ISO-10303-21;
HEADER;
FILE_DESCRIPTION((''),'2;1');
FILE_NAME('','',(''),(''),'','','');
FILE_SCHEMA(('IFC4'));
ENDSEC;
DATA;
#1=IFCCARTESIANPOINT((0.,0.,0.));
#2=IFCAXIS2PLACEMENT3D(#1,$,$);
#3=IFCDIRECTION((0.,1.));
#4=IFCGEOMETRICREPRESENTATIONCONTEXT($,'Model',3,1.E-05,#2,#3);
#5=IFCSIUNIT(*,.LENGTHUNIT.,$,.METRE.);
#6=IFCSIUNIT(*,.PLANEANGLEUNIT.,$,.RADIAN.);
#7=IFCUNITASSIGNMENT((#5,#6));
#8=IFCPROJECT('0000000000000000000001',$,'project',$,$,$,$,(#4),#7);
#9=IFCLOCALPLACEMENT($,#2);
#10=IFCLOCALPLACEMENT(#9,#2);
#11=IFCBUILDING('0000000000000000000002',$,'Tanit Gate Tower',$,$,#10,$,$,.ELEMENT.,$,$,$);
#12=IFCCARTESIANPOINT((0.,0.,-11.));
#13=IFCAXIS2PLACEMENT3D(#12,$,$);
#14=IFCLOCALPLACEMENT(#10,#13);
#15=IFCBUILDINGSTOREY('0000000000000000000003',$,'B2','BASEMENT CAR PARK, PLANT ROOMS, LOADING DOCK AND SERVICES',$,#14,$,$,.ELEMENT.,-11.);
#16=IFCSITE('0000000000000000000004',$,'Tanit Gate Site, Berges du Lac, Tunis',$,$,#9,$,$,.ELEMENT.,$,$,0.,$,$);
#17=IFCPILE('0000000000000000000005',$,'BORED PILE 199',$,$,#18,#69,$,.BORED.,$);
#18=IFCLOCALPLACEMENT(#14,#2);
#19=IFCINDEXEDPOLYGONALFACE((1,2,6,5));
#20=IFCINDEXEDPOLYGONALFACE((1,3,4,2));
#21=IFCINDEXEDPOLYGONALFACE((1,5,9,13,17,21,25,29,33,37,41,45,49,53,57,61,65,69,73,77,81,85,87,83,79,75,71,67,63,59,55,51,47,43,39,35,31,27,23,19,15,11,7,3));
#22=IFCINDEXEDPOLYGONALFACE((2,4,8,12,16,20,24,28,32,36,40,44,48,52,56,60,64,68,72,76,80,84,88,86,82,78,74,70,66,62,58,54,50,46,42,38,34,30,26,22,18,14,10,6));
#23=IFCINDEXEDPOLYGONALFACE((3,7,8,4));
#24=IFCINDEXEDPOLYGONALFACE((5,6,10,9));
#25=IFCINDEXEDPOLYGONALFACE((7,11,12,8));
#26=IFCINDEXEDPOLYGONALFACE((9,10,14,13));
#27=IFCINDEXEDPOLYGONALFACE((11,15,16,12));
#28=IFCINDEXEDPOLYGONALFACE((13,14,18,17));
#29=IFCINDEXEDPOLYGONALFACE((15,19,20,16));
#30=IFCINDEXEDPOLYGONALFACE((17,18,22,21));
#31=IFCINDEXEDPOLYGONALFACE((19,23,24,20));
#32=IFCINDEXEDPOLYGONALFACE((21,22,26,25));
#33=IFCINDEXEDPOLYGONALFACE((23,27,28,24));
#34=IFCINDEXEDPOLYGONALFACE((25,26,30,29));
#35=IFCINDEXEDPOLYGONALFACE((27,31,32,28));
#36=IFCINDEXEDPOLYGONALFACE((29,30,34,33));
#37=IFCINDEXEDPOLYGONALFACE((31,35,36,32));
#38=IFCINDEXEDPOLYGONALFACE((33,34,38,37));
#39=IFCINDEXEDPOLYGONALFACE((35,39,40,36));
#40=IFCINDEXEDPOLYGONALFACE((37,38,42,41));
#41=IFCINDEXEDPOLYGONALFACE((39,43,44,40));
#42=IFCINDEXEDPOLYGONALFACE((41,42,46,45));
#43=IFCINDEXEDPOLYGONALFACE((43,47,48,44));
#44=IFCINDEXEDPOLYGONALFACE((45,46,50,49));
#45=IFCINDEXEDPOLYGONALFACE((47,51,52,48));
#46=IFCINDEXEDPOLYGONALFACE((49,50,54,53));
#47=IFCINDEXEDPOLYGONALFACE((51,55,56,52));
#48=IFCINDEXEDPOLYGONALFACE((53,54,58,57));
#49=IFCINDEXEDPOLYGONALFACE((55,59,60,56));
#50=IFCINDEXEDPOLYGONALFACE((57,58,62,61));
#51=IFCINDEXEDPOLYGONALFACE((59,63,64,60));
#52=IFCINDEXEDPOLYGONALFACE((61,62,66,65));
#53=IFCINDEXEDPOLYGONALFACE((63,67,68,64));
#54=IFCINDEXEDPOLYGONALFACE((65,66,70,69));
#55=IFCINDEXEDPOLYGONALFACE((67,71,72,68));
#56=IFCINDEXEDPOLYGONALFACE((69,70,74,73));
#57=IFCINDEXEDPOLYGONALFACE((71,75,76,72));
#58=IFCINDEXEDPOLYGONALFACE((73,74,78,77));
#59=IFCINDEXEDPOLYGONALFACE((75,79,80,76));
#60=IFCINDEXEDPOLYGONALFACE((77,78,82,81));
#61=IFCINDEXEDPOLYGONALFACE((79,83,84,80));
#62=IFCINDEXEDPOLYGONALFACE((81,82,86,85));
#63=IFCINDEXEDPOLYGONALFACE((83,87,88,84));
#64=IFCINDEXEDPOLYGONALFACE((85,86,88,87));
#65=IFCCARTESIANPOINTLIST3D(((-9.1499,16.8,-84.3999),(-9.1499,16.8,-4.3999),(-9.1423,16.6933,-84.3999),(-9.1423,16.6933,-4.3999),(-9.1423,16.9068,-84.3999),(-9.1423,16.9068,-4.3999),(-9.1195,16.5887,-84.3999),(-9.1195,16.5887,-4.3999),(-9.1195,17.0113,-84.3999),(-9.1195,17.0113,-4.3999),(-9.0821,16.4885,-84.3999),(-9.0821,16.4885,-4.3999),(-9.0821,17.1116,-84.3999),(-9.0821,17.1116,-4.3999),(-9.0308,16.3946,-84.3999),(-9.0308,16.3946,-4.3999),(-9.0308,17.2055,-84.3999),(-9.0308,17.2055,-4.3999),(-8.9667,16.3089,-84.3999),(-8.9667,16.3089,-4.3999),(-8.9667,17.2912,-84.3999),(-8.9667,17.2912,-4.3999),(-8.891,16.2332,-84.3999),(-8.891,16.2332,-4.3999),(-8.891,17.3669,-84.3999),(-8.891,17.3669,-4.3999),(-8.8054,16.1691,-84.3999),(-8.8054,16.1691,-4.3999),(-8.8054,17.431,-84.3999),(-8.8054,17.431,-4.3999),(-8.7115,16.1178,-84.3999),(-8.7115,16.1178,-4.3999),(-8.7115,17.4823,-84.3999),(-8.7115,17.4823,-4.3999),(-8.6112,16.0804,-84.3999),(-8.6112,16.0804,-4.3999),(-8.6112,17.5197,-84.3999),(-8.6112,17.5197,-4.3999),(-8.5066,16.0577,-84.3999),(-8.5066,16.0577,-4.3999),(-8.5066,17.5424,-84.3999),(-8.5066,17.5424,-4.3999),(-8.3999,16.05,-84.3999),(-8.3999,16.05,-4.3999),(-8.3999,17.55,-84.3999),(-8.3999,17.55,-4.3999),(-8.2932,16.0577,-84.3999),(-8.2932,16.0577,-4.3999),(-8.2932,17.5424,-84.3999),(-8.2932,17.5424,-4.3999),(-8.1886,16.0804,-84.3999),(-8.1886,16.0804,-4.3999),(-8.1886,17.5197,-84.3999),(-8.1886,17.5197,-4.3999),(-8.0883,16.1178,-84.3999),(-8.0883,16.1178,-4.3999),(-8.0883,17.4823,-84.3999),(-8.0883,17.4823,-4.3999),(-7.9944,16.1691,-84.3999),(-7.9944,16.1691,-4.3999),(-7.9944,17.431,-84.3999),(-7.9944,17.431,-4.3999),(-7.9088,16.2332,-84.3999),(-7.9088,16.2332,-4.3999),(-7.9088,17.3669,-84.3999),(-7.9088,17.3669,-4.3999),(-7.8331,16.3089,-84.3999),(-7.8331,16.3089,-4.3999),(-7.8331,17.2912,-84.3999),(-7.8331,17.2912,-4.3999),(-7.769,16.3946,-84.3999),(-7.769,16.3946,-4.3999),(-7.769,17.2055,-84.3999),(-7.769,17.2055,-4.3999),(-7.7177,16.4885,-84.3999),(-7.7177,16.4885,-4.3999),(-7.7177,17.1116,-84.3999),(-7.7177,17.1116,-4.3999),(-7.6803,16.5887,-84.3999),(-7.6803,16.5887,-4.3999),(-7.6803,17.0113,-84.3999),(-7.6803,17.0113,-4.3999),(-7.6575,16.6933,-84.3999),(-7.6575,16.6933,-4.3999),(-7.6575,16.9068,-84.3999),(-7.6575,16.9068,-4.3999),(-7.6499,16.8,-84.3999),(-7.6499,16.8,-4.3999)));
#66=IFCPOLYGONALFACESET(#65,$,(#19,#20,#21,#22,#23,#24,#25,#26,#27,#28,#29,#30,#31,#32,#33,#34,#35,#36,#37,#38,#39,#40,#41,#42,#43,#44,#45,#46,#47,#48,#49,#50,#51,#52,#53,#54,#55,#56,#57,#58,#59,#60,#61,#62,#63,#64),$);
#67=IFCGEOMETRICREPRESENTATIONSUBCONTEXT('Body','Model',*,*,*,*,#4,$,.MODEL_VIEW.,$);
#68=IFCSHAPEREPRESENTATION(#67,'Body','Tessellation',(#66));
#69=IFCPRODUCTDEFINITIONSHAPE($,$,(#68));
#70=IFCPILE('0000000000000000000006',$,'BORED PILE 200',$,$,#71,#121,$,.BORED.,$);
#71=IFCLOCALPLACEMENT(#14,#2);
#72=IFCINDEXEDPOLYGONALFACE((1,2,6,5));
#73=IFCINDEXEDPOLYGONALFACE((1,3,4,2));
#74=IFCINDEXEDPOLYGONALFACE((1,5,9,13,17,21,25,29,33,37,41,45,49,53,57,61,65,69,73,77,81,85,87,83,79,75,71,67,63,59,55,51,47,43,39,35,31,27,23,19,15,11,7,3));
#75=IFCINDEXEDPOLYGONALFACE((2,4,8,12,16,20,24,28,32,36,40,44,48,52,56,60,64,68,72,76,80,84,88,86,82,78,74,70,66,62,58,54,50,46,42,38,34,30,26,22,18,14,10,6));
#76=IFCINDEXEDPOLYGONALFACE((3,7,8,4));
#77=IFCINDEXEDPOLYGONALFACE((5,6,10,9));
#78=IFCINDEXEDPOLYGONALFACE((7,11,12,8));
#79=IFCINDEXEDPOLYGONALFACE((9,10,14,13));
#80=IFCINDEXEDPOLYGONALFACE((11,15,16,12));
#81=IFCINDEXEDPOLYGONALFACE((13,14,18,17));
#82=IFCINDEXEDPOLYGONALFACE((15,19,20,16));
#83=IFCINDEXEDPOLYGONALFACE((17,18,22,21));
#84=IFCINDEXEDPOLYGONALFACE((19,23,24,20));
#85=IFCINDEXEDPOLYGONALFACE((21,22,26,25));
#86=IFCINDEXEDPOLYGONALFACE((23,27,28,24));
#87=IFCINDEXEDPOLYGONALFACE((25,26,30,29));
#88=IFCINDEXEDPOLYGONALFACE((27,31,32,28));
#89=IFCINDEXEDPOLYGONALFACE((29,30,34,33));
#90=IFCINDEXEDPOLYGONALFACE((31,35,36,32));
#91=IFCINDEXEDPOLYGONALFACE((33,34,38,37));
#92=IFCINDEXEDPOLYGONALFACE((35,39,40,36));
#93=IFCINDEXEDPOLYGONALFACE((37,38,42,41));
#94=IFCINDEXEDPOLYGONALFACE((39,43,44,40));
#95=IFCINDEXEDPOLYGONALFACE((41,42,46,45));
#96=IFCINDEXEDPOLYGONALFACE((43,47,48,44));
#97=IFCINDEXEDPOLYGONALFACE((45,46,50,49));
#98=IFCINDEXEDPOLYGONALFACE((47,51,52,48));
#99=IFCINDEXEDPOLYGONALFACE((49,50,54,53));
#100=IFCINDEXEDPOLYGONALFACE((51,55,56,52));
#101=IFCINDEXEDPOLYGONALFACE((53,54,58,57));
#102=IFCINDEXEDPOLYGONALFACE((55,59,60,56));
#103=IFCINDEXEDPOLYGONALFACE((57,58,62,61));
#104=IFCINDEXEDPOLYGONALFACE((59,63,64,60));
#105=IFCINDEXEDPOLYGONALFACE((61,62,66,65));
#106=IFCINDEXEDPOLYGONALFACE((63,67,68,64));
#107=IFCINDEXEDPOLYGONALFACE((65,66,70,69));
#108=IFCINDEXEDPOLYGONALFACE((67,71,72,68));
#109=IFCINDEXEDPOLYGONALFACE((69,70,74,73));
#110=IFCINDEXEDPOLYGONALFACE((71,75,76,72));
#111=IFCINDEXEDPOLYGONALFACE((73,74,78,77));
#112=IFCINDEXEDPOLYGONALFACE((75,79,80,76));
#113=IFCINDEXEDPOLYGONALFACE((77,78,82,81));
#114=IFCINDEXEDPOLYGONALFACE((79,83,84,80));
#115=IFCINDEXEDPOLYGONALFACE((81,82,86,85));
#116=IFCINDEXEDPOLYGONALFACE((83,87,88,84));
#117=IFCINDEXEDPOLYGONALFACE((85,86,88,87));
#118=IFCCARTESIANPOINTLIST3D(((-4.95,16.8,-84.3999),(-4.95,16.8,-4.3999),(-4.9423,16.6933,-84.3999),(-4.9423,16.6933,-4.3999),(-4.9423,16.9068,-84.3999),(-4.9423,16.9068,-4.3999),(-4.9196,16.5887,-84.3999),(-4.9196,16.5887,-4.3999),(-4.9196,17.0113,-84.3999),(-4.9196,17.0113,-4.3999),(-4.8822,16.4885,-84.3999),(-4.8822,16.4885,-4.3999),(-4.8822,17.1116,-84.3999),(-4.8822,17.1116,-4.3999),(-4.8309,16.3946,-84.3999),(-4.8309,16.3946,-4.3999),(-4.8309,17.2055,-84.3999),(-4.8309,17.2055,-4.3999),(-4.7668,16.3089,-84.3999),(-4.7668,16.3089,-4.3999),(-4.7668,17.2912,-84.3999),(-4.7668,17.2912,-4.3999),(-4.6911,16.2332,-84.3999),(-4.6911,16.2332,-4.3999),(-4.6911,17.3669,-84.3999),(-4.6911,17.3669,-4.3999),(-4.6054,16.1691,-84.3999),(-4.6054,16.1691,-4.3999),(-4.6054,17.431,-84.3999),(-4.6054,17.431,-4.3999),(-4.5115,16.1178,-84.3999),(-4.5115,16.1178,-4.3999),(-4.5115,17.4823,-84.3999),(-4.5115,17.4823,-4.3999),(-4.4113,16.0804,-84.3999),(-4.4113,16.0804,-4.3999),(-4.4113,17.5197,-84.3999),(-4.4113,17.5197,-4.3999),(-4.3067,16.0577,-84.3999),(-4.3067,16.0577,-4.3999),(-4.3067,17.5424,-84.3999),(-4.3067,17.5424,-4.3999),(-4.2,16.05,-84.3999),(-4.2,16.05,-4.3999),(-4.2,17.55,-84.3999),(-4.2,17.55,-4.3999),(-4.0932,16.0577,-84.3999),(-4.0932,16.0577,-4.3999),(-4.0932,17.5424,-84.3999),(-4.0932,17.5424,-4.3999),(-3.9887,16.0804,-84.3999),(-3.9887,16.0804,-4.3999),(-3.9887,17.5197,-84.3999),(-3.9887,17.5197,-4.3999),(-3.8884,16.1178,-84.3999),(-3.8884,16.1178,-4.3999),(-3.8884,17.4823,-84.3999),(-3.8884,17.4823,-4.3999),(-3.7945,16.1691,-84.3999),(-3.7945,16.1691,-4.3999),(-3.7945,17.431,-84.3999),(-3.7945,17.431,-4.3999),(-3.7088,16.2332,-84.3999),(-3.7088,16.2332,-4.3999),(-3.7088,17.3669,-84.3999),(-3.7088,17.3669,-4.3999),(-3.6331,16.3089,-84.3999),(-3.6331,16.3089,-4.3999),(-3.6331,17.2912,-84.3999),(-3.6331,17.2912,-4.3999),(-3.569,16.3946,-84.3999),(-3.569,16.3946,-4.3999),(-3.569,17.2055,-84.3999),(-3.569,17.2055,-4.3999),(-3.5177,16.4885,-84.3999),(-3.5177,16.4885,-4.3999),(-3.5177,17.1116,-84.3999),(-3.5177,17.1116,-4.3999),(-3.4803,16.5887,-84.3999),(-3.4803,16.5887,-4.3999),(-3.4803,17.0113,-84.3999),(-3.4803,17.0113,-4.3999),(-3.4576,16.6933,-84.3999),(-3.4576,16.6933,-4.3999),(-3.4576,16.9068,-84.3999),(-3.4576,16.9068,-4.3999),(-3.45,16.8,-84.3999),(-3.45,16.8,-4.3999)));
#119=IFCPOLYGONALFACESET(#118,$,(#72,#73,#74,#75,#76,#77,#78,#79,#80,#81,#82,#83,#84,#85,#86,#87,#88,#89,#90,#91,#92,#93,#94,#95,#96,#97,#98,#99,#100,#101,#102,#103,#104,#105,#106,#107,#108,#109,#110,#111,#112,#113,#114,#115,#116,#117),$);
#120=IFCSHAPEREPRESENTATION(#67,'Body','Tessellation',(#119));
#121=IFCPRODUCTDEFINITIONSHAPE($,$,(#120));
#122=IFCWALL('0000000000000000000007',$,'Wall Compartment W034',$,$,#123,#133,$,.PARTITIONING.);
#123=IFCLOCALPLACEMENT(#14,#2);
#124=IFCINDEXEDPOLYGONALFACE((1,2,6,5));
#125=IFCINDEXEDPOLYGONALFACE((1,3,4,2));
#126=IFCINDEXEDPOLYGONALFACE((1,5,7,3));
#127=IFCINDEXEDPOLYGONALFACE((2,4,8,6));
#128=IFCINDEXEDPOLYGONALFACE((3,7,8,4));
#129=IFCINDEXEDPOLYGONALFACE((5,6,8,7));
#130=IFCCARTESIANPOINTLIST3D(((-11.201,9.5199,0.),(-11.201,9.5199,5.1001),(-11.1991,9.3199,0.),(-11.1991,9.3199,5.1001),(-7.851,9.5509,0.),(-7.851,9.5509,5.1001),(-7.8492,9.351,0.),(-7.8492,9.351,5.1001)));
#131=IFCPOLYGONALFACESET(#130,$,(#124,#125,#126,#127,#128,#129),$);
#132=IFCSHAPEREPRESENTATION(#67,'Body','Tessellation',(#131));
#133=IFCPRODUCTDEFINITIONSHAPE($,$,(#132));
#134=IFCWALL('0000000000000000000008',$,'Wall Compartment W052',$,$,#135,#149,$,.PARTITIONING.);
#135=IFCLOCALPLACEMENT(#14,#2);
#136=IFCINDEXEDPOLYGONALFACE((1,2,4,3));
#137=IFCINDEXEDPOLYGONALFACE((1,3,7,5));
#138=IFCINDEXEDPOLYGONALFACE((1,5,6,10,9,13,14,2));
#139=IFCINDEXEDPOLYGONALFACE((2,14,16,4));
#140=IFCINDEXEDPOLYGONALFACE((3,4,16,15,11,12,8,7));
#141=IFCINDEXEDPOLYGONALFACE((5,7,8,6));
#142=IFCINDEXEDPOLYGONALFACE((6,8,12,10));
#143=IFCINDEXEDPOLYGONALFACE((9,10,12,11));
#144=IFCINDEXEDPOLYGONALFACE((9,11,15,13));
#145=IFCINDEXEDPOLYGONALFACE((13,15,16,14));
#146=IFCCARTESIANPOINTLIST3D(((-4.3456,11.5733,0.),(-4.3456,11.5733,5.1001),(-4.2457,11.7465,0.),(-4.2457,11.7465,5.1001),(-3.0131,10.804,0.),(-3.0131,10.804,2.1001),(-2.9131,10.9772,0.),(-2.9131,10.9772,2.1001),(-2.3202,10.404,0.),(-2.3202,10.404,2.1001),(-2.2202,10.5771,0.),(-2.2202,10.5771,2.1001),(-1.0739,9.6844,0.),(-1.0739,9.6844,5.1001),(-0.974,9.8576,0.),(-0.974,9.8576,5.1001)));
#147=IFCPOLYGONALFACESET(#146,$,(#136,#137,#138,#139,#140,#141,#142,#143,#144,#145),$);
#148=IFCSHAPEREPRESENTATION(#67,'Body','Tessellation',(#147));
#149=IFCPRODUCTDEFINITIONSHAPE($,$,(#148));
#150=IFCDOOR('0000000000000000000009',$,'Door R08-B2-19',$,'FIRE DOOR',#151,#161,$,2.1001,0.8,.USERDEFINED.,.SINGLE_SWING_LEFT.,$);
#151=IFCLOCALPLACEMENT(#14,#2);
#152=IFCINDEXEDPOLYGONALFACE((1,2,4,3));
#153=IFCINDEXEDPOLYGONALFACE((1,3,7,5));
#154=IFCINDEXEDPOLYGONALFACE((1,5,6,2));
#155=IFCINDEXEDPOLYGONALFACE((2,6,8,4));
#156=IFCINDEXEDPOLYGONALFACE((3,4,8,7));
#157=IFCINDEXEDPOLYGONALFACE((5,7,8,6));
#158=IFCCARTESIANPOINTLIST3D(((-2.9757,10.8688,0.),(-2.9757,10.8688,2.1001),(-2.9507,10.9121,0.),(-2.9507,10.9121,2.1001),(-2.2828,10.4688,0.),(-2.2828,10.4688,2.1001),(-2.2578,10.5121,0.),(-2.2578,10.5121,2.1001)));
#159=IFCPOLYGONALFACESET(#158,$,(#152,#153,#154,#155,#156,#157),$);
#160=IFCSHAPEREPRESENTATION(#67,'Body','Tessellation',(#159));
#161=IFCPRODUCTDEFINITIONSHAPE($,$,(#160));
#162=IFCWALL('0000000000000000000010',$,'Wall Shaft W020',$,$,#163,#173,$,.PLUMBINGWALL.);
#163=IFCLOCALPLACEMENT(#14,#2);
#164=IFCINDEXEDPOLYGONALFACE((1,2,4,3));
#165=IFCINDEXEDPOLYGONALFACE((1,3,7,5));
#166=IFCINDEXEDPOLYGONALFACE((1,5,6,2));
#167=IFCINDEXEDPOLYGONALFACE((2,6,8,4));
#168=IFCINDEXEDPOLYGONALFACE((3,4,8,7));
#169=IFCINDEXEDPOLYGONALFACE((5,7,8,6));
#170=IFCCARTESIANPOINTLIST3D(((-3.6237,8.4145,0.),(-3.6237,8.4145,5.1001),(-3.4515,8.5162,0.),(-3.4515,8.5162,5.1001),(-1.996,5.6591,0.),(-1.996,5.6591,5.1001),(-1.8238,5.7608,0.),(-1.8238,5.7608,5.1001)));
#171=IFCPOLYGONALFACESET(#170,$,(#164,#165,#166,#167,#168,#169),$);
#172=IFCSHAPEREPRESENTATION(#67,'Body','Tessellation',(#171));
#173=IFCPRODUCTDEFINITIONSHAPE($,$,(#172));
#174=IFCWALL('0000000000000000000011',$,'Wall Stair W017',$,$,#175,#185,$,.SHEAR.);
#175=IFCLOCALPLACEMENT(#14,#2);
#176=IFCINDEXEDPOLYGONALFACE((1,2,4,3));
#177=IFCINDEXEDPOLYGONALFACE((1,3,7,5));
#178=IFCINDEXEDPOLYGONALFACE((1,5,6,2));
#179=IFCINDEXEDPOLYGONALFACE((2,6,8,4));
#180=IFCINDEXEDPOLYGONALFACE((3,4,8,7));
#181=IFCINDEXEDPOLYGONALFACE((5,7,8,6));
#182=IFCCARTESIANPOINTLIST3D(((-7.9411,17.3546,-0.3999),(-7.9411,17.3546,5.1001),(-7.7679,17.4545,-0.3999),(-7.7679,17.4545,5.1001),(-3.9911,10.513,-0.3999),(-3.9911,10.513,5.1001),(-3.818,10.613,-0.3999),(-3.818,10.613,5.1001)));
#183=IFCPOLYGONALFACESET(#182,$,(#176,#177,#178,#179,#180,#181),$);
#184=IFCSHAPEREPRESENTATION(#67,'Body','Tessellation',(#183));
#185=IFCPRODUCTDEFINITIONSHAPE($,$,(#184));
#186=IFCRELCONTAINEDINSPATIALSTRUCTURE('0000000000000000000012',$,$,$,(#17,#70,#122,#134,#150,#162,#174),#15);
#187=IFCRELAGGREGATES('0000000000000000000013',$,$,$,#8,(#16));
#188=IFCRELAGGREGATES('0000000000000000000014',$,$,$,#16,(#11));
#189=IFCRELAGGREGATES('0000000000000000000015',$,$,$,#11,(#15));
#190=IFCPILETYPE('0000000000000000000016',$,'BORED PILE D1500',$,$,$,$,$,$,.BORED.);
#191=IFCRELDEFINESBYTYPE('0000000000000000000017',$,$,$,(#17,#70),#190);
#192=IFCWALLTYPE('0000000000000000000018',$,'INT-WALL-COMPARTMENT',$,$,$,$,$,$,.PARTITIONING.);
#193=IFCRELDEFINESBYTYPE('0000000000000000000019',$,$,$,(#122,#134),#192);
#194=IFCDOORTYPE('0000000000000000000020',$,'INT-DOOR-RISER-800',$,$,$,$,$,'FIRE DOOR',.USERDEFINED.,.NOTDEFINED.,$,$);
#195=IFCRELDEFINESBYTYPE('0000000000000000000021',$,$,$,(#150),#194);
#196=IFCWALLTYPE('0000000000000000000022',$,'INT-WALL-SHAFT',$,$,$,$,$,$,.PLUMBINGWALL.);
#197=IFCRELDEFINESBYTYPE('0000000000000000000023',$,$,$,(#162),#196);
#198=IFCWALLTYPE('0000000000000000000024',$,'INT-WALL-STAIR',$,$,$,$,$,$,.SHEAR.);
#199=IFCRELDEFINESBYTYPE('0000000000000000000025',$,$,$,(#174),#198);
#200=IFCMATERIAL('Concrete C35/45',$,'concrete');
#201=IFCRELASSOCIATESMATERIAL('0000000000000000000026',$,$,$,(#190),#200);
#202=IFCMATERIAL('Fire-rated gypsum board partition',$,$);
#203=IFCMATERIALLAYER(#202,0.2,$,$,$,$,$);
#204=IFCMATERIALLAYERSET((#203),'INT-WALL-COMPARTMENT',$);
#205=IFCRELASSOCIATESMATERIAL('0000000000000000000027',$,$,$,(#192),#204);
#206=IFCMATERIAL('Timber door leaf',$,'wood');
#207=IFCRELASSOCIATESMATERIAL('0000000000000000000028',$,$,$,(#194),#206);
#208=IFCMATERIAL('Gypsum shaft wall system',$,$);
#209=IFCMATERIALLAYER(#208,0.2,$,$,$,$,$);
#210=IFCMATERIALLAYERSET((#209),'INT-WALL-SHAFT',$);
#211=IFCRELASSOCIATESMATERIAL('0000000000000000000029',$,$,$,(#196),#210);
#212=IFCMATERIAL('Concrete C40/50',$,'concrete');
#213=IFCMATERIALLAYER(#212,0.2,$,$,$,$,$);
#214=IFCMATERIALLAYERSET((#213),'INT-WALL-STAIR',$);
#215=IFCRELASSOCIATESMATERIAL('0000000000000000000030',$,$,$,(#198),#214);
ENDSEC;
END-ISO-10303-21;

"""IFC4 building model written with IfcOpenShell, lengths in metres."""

from ifc_helpers import new_model, si_unit, direction, frame, frame_2d, origin, origin_2d, place, context, subcontext, project, spatial, rectangle, circle, extrude, material, layer, layer_set, material_profile, profile_set, type_object, element, fill, save


model = new_model("IFC4")

# Units and contexts
model_context = context("Model", 3, precision=1e-05, world=origin(), true_north=direction((0.0, 1.0)))
body_context = subcontext(model_context, "Body", "Model", "MODEL_VIEW")
ifc_project = project(units=[si_unit("LENGTHUNIT", "METRE"), si_unit("PLANEANGLEUNIT", "RADIAN")], contexts=[model_context])

# Site, building, storey
site_placement = place(None, origin())
site = spatial("IfcSite", under=ifc_project, at=site_placement, Name="Tanit Gate Site, Berges du Lac, Tunis", CompositionType="ELEMENT", RefElevation=0.0)
building_placement = place(site_placement, origin())
building = spatial("IfcBuilding", under=site, at=building_placement, Name="Tanit Gate Tower", CompositionType="ELEMENT")
storey_placement = place(building_placement, frame((0.0, 0.0, -11.0)))
storey = spatial("IfcBuildingStorey", under=building, at=storey_placement, Name="B2", Description="BASEMENT CAR PARK, PLANT ROOMS, LOADING DOCK AND SERVICES", CompositionType="ELEMENT", Elevation=-11.0)

# Piles
ifc_material_1 = material(Name="Concrete C35/45", Category="concrete")
ifc_material_profile = material_profile(ifc_material_1, circle(Radius=0.75, at=origin_2d()), Name="BORED PILE D1500 C35/45")
ifc_profile_set = profile_set([ifc_material_profile], Name="Concrete C35/45")
pile_type = type_object("IfcPileType", Name="BORED PILE D1500", PredefinedType="BORED", material=ifc_profile_set)
for number, where, z_axis, x_axis, name in (
    (1, (-8.3999, 16.8, -4.3999), (0.0, 0.0, -1.0), (1.0, 0.0, 0.0), "BORED PILE 199"),
    (2, (-4.2, 16.8, -4.3999), (0.0, 0.0, -1.0), (1.0, 0.0, 0.0), "BORED PILE 200"),
):
    element("IfcPile", number, at=place(storey_placement, frame(where, z_axis=z_axis, x_axis=x_axis)), inside=storey, type_object=pile_type, Name=name, PredefinedType="BORED", context=body_context, shape_type="SweptSolid", body=[
        extrude(circle(Radius=0.75, at=origin_2d()), origin(), (0.0, 0.0, 1.0), 80.0),
    ])

# Wall
ifc_material_2 = material(Name="Fire-rated gypsum board partition")
ifc_layer_1 = layer(ifc_material_2, 0.2)
ifc_layer_set_1 = layer_set([ifc_layer_1], Name="INT-WALL-COMPARTMENT")
wall_type_1 = type_object("IfcWallType", Name="INT-WALL-COMPARTMENT", PredefinedType="PARTITIONING", material=ifc_layer_set_1)
wall_1_placement = place(storey_placement, frame((-7.8501, 9.4509, 0.0), z_axis=(0.0, 0.0, 1.0), x_axis=(-0.999957, -0.009255, 0.0)))
element("IfcWall", 3, at=wall_1_placement, inside=storey, type_object=wall_type_1, Name="Wall Compartment W034", PredefinedType="PARTITIONING", context=body_context, shape_type="SweptSolid", body=[
    extrude(rectangle(XDim=3.3501, YDim=0.2, at=frame_2d((1.675, 0.0))), origin(), (0.0, 0.0, 1.0), 5.1001),
])

# Wall, opening, door
wall_2_placement = place(storey_placement, frame((-4.2957, 11.6599, 0.0), z_axis=(0.0, 0.0, 1.0), x_axis=(0.866027, -0.499997, 0.0)))
wall_2 = element("IfcWall", 4, at=wall_2_placement, inside=storey, type_object=wall_type_1, Name="Wall Compartment W052", PredefinedType="PARTITIONING", context=body_context, shape_type="SweptSolid", body=[
    extrude(rectangle(XDim=3.7778, YDim=0.2, at=frame_2d((1.8889, 0.0))), origin(), (0.0, 0.0, 1.0), 5.1001),
])
opening_1_placement = place(wall_2_placement, frame((1.5388, 0.0, 0.0)))
opening_1 = element("IfcOpeningElement", 5, at=opening_1_placement, cuts=wall_2, PredefinedType="OPENING", context=body_context, shape_type="SweptSolid", body=[
    extrude(rectangle(XDim=0.8, YDim=2.1001, at=frame_2d((0.3999, 1.05))), frame((0.0, 0.1099, 0.0), z_axis=(0.0, -1.0, 0.0), x_axis=(1.0, 0.0, 0.0)), (0.0, 0.0, 1.0), 0.22),
])
ifc_material_3 = material(Name="Timber door leaf", Category="wood")
door_type_1 = type_object("IfcDoorType", Name="INT-DOOR-RISER-800", ElementType="FIRE DOOR", OperationType="NOTDEFINED", PredefinedType="USERDEFINED", material=ifc_material_3)
door_1_placement = place(opening_1_placement, origin())
door_1 = element("IfcDoor", 6, at=door_1_placement, inside=storey, type_object=door_type_1, Name="Door R08-B2-19", ObjectType="FIRE DOOR", OperationType="SINGLE_SWING_LEFT", OverallHeight=2.1001, OverallWidth=0.8, PredefinedType="USERDEFINED", context=body_context, shape_type="SweptSolid", body=[
    extrude(rectangle(XDim=0.8, YDim=2.1001, at=frame_2d((0.3999, 1.05))), frame((0.0, 0.0249, 0.0), z_axis=(0.0, -1.0, 0.0), x_axis=(1.0, 0.0, 0.0)), (0.0, 0.0, 1.0), 0.05),
])
fill(opening_1, door_1)

# Walls
ifc_material_4 = material(Name="Gypsum shaft wall system")
ifc_layer_2 = layer(ifc_material_4, 0.2)
ifc_layer_set_2 = layer_set([ifc_layer_2], Name="INT-WALL-SHAFT")
wall_type_2 = type_object("IfcWallType", Name="INT-WALL-SHAFT", PredefinedType="PLUMBINGWALL", material=ifc_layer_set_2)
wall_3_placement = place(storey_placement, frame((-3.5376, 8.4653, 0.0), z_axis=(0.0, 0.0, 1.0), x_axis=(0.508616, -0.860993, 0.0)))
element("IfcWall", 7, at=wall_3_placement, inside=storey, type_object=wall_type_2, Name="Wall Shaft W020", PredefinedType="PLUMBINGWALL", context=body_context, shape_type="SweptSolid", body=[
    extrude(rectangle(XDim=3.2002, YDim=0.2, at=frame_2d((1.6001, 0.0))), origin(), (0.0, 0.0, 1.0), 5.1001),
])
ifc_material_5 = material(Name="Concrete C40/50", Category="concrete")
ifc_layer_3 = layer(ifc_material_5, 0.2)
ifc_layer_set_3 = layer_set([ifc_layer_3], Name="INT-WALL-STAIR")
wall_type_3 = type_object("IfcWallType", Name="INT-WALL-STAIR", PredefinedType="SHEAR", material=ifc_layer_set_3)
wall_4_placement = place(storey_placement, frame((-7.8545, 17.4045, -0.3999), z_axis=(0.0, 0.0, 1.0), x_axis=(0.499998, -0.866027, 0.0)))
element("IfcWall", 8, at=wall_4_placement, inside=storey, type_object=wall_type_3, Name="Wall Stair W017", PredefinedType="SHEAR", context=body_context, shape_type="SweptSolid", body=[
    extrude(rectangle(XDim=7.8999, YDim=0.2, at=frame_2d((3.95, 0.0))), origin(), (0.0, 0.0, 1.0), 5.5),
])

save(model, "model.ifc")
